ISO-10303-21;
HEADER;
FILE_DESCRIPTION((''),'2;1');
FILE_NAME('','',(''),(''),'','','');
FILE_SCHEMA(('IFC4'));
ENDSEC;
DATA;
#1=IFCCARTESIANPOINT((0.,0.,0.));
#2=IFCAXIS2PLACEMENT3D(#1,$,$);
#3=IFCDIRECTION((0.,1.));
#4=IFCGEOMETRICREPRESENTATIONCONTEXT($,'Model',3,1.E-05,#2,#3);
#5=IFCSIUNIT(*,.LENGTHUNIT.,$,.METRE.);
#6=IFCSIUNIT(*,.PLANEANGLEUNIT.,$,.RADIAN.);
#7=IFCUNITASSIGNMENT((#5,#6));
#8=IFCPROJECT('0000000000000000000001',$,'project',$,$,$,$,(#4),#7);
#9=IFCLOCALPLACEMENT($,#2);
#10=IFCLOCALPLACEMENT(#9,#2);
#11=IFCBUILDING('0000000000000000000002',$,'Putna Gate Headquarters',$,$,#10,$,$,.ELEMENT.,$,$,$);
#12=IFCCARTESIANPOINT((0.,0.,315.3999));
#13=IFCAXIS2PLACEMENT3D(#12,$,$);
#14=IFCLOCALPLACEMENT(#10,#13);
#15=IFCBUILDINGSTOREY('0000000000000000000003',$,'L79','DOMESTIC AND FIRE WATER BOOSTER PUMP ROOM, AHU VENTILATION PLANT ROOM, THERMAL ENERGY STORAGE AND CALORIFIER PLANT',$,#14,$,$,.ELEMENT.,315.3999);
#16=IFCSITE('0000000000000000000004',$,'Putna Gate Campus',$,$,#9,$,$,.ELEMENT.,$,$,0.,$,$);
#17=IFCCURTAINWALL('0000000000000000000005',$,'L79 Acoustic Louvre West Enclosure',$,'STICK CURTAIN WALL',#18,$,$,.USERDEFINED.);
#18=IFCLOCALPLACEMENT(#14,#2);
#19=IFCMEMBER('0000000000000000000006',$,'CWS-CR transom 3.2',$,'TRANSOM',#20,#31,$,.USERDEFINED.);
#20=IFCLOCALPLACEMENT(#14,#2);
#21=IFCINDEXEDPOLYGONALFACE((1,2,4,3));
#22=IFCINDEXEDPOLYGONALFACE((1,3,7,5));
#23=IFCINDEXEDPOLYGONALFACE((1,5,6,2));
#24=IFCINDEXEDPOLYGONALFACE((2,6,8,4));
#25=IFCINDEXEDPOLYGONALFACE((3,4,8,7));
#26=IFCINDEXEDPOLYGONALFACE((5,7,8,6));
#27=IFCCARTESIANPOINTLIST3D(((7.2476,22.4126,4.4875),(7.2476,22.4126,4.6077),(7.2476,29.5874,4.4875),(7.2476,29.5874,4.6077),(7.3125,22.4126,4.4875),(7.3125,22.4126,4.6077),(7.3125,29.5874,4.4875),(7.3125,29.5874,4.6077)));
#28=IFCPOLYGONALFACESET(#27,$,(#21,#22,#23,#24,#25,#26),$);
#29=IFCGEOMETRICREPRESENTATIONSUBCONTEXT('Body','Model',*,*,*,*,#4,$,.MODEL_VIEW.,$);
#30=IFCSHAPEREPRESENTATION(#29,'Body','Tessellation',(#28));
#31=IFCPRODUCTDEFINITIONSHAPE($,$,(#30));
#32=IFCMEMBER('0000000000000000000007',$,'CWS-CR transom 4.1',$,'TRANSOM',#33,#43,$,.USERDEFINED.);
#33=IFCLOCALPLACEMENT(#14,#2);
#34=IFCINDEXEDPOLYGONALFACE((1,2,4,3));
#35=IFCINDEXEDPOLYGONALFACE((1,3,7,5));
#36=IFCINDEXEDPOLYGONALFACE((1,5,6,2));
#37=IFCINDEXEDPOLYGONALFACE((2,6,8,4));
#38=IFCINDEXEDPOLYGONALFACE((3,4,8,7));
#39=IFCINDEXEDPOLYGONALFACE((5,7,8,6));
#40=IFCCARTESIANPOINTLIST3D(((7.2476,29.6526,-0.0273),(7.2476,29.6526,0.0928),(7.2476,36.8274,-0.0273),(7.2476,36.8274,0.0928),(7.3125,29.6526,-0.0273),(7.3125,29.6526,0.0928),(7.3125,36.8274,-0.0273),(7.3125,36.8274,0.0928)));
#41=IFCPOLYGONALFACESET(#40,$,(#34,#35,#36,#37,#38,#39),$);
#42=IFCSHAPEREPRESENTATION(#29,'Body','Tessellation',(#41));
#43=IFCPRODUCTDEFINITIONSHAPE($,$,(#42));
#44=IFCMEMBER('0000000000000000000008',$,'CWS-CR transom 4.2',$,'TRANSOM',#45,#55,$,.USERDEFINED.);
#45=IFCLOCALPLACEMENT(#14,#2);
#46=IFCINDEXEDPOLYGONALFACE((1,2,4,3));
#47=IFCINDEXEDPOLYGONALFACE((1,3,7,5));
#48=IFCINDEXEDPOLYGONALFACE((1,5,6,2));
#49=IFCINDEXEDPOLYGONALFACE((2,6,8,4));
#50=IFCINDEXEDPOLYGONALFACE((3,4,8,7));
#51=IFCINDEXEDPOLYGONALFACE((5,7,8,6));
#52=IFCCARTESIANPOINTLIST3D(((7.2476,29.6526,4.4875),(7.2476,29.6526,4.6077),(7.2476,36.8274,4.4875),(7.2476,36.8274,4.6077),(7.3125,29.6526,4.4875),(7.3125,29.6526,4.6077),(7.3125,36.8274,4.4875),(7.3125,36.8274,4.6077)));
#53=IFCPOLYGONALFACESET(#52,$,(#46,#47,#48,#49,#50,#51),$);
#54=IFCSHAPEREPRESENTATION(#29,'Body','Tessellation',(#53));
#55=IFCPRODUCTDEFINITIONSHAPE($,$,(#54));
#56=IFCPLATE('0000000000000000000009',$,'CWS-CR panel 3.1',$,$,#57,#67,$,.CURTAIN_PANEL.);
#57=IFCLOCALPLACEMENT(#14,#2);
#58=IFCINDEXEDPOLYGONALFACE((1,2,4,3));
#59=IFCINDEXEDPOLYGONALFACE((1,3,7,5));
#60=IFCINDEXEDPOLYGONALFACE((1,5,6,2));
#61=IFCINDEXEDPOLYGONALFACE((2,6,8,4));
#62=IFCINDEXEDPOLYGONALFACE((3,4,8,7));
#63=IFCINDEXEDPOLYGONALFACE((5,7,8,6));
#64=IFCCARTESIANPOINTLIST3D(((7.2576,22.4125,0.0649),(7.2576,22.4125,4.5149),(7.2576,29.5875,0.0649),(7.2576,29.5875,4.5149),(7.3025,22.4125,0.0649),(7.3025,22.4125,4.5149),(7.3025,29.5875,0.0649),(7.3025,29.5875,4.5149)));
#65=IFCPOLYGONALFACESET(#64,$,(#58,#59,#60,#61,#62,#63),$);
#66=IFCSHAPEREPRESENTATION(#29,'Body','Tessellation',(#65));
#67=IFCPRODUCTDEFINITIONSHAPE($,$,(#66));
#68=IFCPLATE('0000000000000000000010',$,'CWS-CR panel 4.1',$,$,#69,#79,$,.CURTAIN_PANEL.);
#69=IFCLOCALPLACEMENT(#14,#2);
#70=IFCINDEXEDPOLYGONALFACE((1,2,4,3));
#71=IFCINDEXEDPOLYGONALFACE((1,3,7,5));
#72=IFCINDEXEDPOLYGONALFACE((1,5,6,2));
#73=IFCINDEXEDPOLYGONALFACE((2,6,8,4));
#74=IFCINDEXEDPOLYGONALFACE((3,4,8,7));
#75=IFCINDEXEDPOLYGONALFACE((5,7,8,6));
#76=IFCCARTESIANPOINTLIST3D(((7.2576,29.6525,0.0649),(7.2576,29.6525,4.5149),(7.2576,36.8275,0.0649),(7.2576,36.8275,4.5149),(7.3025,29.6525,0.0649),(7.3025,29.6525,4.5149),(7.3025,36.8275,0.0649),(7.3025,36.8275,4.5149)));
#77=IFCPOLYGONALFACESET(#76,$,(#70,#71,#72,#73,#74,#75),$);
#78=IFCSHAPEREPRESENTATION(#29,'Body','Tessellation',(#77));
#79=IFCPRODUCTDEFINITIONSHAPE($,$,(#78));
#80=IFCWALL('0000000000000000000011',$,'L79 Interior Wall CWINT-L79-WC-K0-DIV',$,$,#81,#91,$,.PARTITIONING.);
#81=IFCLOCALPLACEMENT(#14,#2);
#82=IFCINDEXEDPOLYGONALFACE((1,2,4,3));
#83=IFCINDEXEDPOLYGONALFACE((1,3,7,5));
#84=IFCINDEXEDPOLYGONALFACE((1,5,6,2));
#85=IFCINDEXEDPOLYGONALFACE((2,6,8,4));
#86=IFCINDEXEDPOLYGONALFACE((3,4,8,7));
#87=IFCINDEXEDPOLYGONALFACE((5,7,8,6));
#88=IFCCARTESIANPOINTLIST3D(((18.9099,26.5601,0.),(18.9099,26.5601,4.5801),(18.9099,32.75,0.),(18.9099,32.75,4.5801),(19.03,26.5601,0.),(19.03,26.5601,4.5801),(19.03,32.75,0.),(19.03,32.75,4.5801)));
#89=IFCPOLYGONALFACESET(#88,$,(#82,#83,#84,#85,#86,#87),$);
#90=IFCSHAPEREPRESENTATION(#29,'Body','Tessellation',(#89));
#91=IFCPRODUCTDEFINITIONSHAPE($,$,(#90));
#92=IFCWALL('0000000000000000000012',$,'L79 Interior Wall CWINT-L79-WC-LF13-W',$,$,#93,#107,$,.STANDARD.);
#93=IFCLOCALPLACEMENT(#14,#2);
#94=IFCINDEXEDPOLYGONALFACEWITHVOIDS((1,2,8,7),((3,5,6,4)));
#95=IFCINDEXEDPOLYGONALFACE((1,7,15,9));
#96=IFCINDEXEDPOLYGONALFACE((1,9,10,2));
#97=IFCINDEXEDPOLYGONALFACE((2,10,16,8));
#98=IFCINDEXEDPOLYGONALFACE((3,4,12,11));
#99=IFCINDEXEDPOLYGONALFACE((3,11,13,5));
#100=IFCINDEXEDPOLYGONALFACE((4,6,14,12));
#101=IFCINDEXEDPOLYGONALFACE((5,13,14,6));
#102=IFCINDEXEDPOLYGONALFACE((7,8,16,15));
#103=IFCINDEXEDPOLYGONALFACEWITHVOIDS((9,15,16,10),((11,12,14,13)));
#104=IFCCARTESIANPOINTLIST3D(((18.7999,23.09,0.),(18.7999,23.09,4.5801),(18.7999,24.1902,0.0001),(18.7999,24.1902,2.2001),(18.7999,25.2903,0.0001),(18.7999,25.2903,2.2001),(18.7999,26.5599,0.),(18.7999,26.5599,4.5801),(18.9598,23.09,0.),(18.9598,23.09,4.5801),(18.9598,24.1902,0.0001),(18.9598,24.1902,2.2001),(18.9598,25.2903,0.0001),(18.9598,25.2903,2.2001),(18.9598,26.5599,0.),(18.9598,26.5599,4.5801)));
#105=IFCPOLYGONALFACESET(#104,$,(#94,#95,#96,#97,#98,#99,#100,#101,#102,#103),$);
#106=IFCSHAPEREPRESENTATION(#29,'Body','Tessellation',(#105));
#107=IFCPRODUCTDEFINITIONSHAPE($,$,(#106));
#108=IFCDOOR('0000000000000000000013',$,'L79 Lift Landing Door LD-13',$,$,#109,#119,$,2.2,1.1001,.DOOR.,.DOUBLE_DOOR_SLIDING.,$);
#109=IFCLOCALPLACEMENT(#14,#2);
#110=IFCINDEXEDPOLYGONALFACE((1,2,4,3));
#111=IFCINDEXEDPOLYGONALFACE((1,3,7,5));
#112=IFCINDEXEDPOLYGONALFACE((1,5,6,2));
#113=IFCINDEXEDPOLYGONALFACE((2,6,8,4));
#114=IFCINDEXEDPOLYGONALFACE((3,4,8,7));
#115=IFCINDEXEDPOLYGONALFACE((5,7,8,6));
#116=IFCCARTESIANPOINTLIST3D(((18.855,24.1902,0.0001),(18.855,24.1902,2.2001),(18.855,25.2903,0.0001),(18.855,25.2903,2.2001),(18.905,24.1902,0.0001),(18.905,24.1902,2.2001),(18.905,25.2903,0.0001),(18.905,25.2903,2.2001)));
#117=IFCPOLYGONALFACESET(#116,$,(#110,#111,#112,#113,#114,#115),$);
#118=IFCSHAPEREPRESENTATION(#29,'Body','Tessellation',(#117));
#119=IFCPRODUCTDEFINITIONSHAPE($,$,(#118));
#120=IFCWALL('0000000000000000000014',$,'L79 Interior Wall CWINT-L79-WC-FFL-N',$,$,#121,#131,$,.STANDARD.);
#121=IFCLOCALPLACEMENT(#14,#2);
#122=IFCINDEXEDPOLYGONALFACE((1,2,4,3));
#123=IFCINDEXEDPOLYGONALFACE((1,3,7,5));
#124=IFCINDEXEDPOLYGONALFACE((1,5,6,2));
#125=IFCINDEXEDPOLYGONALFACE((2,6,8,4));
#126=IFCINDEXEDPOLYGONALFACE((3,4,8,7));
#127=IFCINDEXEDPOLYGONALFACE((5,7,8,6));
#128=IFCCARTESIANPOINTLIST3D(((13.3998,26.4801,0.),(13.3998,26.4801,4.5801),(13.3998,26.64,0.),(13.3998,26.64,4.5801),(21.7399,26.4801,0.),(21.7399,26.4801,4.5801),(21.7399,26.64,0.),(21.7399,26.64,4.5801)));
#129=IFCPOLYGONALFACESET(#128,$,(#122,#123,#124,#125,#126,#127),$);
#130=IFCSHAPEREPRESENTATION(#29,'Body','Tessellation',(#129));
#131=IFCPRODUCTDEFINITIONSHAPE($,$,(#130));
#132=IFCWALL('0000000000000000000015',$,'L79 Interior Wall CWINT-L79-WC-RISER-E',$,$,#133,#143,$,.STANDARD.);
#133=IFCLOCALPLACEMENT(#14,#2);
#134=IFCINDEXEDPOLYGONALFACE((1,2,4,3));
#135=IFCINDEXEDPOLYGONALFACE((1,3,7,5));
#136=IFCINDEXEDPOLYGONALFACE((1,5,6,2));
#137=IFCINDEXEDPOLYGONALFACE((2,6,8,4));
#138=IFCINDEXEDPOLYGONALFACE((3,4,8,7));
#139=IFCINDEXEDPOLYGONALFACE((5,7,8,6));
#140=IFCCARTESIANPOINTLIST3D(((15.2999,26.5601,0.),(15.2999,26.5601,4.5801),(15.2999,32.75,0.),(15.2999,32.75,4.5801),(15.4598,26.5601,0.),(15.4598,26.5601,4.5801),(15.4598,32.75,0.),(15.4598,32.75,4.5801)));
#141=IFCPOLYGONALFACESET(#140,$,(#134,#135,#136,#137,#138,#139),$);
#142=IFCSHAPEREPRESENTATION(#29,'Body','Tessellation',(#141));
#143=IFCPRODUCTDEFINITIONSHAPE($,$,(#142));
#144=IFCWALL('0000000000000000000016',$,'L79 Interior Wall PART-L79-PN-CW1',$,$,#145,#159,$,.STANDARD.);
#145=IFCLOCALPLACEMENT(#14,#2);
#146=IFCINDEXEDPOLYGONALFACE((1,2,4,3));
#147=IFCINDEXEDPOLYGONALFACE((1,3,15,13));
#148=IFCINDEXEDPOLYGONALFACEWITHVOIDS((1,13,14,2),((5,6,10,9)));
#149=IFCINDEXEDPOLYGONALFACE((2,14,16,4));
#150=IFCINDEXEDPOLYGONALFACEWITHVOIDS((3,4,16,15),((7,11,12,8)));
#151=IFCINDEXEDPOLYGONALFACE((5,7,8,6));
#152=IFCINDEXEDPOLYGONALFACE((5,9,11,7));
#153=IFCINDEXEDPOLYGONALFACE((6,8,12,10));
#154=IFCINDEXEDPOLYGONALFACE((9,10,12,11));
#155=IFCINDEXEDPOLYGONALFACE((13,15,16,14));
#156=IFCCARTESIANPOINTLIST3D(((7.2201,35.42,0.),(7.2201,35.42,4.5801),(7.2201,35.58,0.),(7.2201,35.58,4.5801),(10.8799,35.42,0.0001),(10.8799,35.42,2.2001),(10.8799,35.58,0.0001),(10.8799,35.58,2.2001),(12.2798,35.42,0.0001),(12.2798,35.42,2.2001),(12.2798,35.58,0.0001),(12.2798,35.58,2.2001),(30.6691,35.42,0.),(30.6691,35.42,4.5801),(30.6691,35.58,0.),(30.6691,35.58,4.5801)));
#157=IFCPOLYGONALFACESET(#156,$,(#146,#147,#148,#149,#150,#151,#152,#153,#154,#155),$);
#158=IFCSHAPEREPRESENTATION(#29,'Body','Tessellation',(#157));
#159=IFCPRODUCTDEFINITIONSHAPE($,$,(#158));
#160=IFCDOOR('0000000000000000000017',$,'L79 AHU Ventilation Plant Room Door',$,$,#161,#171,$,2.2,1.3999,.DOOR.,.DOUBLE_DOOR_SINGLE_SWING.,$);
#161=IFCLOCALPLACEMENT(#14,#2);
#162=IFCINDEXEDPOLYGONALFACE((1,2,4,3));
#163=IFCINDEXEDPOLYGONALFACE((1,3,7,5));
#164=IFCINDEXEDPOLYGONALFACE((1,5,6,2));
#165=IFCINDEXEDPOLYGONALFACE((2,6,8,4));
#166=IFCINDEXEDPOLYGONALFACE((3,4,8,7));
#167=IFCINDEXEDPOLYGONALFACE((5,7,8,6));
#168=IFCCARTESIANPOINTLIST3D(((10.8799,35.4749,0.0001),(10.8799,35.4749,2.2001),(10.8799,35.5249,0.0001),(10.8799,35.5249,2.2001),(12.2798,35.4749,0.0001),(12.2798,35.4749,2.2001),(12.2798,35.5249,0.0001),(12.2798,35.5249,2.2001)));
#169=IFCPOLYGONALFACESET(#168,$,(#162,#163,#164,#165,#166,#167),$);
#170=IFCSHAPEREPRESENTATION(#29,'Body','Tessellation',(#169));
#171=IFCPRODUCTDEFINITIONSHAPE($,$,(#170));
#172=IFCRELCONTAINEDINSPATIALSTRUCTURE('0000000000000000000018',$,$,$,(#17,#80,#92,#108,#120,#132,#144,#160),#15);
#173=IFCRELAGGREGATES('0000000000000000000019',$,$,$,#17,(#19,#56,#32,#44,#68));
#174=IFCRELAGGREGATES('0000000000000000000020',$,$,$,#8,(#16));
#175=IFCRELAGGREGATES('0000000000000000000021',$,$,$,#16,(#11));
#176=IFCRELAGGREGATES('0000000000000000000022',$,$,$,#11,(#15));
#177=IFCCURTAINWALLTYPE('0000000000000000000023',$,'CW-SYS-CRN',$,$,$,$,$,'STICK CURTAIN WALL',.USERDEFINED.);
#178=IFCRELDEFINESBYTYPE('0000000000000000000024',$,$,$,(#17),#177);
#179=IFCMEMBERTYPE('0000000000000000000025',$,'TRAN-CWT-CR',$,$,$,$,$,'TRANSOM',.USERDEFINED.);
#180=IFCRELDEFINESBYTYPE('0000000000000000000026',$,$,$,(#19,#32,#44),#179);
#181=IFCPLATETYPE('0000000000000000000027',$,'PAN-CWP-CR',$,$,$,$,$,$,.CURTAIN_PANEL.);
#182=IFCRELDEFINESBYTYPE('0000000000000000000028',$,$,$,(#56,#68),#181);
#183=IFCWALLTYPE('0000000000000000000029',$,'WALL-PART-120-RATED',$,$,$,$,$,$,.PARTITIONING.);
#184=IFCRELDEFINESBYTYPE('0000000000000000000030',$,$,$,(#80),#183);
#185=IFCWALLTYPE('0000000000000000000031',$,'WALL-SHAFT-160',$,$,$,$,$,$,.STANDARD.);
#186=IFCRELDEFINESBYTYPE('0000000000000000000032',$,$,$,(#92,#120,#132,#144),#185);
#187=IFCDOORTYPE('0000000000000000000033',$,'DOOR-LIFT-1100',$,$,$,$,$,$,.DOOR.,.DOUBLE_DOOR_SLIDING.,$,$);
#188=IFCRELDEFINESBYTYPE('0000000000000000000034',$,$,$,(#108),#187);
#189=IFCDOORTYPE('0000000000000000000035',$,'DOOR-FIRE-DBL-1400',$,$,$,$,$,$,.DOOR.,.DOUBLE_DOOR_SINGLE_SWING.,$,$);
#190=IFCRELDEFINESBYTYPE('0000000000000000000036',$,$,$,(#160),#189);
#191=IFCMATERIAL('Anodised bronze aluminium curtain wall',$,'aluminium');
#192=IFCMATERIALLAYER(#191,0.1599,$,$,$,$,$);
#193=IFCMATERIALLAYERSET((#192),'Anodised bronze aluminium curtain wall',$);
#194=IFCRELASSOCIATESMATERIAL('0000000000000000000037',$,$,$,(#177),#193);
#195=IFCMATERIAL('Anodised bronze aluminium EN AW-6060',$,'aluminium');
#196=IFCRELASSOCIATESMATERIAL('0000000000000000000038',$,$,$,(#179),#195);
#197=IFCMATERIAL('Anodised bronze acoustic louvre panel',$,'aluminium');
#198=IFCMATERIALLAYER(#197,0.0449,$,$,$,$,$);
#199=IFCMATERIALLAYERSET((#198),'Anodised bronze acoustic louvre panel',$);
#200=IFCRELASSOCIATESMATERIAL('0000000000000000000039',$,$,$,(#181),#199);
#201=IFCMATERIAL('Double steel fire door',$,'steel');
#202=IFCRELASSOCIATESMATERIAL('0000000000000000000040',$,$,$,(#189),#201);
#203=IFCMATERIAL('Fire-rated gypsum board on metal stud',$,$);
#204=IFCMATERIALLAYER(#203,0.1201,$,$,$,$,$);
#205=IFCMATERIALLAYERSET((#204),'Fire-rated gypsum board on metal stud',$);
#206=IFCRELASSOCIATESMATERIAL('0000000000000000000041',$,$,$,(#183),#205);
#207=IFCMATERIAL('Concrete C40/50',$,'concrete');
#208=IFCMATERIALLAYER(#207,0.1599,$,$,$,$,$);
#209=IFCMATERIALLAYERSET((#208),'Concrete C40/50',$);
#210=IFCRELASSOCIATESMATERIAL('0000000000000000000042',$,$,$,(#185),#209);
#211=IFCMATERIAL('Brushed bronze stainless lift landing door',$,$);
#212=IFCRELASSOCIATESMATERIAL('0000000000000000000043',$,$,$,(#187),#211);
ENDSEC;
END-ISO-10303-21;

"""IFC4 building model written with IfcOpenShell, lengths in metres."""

from ifc_helpers import new_model, si_unit, direction, frame, frame_2d, origin, origin_2d, place, context, subcontext, project, spatial, rectangle, extrude, material, layer, layer_set, material_profile, profile_set, type_object, element, fill, aggregate, save


model = new_model("IFC4")

# Units and contexts
model_context = context("Model", 3, precision=1e-05, world=origin(), true_north=direction((0.0, 1.0)))
body_context = subcontext(model_context, "Body", "Model", "MODEL_VIEW")
ifc_project = project(units=[si_unit("LENGTHUNIT", "METRE"), si_unit("PLANEANGLEUNIT", "RADIAN")], contexts=[model_context])

# Site, building, storey
site_placement = place(None, origin())
site = spatial("IfcSite", under=ifc_project, at=site_placement, Name="Putna Gate Campus", CompositionType="ELEMENT", RefElevation=0.0)
building_placement = place(site_placement, origin())
building = spatial("IfcBuilding", under=site, at=building_placement, Name="Putna Gate Headquarters", CompositionType="ELEMENT")
storey_placement = place(building_placement, frame((0.0, 0.0, 315.3999)))
storey = spatial("IfcBuildingStorey", under=building, at=storey_placement, Name="L79", Description="DOMESTIC AND FIRE WATER BOOSTER PUMP ROOM, AHU VENTILATION PLANT ROOM, THERMAL ENERGY STORAGE AND CALORIFIER PLANT", CompositionType="ELEMENT", Elevation=315.3999)

# Curtain wall, members, plates
ifc_material_1 = material(Name="Anodised bronze aluminium curtain wall", Category="aluminium")
ifc_layer_1 = layer(ifc_material_1, 0.1599)
ifc_layer_set_1 = layer_set([ifc_layer_1], Name="Anodised bronze aluminium curtain wall")
curtain_wall_type = type_object("IfcCurtainWallType", Name="CW-SYS-CRN", ElementType="STICK CURTAIN WALL", PredefinedType="USERDEFINED", material=ifc_layer_set_1)
curtain_wall_placement = place(storey_placement, origin())
curtain_wall = element("IfcCurtainWall", 1, at=curtain_wall_placement, inside=storey, type_object=curtain_wall_type, Name="L79 Acoustic Louvre West Enclosure", ObjectType="STICK CURTAIN WALL", PredefinedType="USERDEFINED")
ifc_material_2 = material(Name="Anodised bronze aluminium EN AW-6060", Category="aluminium")
ifc_material_profile_1 = material_profile(ifc_material_2, rectangle(XDim=0.0649, YDim=0.1201, at=origin_2d()), Name="Anodised bronze aluminium EN AW-6060")
ifc_profile_set_1 = profile_set([ifc_material_profile_1], Name="Anodised bronze aluminium EN AW-6060")
member_type_1 = type_object("IfcMemberType", Name="TRAN-CWT-CR", ElementType="TRANSOM", PredefinedType="USERDEFINED", material=ifc_profile_set_1)
member_1_placement = place(storey_placement, frame((7.28, 22.4126, 4.5476), z_axis=(0.0, 1.0, 0.0), x_axis=(-1.0, 0.0, 0.0)))
member_1 = element("IfcMember", 2, at=member_1_placement, type_object=member_type_1, Name="CWS-CR transom 3.2", ObjectType="TRANSOM", PredefinedType="USERDEFINED", context=body_context, shape_type="SweptSolid", body=[
    extrude(rectangle(XDim=0.0649, YDim=0.1201, at=origin_2d()), origin(), (0.0, 0.0, 1.0), 7.1748),
])
member_2_placement = place(storey_placement, frame((7.28, 29.6526, 0.0327), z_axis=(0.0, 1.0, 0.0), x_axis=(-1.0, 0.0, 0.0)))
member_2 = element("IfcMember", 3, at=member_2_placement, type_object=member_type_1, Name="CWS-CR transom 4.1", ObjectType="TRANSOM", PredefinedType="USERDEFINED", context=body_context, shape_type="SweptSolid", body=[
    extrude(rectangle(XDim=0.0649, YDim=0.1201, at=origin_2d()), origin(), (0.0, 0.0, 1.0), 7.1748),
])
member_3_placement = place(storey_placement, frame((7.28, 29.6526, 4.5476), z_axis=(0.0, 1.0, 0.0), x_axis=(-1.0, 0.0, 0.0)))
member_3 = element("IfcMember", 4, at=member_3_placement, type_object=member_type_1, Name="CWS-CR transom 4.2", ObjectType="TRANSOM", PredefinedType="USERDEFINED", context=body_context, shape_type="SweptSolid", body=[
    extrude(rectangle(XDim=0.0649, YDim=0.1201, at=origin_2d()), origin(), (0.0, 0.0, 1.0), 7.1748),
])
ifc_material_3 = material(Name="Anodised bronze acoustic louvre panel", Category="aluminium")
ifc_layer_2 = layer(ifc_material_3, 0.0449)
ifc_layer_set_2 = layer_set([ifc_layer_2], Name="Anodised bronze acoustic louvre panel")
plate_type = type_object("IfcPlateType", Name="PAN-CWP-CR", PredefinedType="CURTAIN_PANEL", material=ifc_layer_set_2)
plate_1_placement = place(storey_placement, frame((7.28, 26.0, 0.0649), z_axis=(0.0, 0.0, 1.0), x_axis=(0.0, 1.0, 0.0)))
plate_1 = element("IfcPlate", 5, at=plate_1_placement, type_object=plate_type, Name="CWS-CR panel 3.1", PredefinedType="CURTAIN_PANEL", context=body_context, shape_type="SweptSolid", body=[
    extrude(rectangle(XDim=7.175, YDim=0.0449, at=origin_2d()), origin(), (0.0, 0.0, 1.0), 4.45),
])
plate_2_placement = place(storey_placement, frame((7.28, 33.24, 0.0649), z_axis=(0.0, 0.0, 1.0), x_axis=(0.0, 1.0, 0.0)))
plate_2 = element("IfcPlate", 6, at=plate_2_placement, type_object=plate_type, Name="CWS-CR panel 4.1", PredefinedType="CURTAIN_PANEL", context=body_context, shape_type="SweptSolid", body=[
    extrude(rectangle(XDim=7.175, YDim=0.0449, at=origin_2d()), origin(), (0.0, 0.0, 1.0), 4.45),
])
aggregate(curtain_wall, [member_1, plate_1, member_2, member_3, plate_2])

# Shared definitions
ifc_material_4 = material(Name="Double steel fire door", Category="steel")
door_type_1 = type_object("IfcDoorType", Name="DOOR-FIRE-DBL-1400", OperationType="DOUBLE_DOOR_SINGLE_SWING", PredefinedType="DOOR", material=ifc_material_4)

# Wall
ifc_material_5 = material(Name="Fire-rated gypsum board on metal stud")
ifc_layer_3 = layer(ifc_material_5, 0.1201)
ifc_layer_set_3 = layer_set([ifc_layer_3], Name="Fire-rated gypsum board on metal stud")
wall_type_1 = type_object("IfcWallType", Name="WALL-PART-120-RATED", PredefinedType="PARTITIONING", material=ifc_layer_set_3)
wall_1_placement = place(storey_placement, frame((18.97, 26.5601, 0.0), z_axis=(0.0, 0.0, 1.0), x_axis=(0.0, 1.0, 0.0)))
element("IfcWall", 7, at=wall_1_placement, inside=storey, type_object=wall_type_1, Name="L79 Interior Wall CWINT-L79-WC-K0-DIV", PredefinedType="PARTITIONING", context=body_context, shape_type="SweptSolid", body=[
    extrude(rectangle(XDim=6.1899, YDim=0.1201, at=frame_2d((3.095, 0.0))), origin(), (0.0, 0.0, 1.0), 4.5801),
])

# Wall, opening, door
ifc_material_6 = material(Name="Concrete C40/50", Category="concrete")
ifc_layer_4 = layer(ifc_material_6, 0.1599)
ifc_layer_set_4 = layer_set([ifc_layer_4], Name="Concrete C40/50")
wall_type_2 = type_object("IfcWallType", Name="WALL-SHAFT-160", PredefinedType="STANDARD", material=ifc_layer_set_4)
wall_2_placement = place(storey_placement, frame((18.8799, 23.0901, 0.0), z_axis=(0.0, 0.0, 1.0), x_axis=(0.0, 1.0, 0.0)))
wall_2 = element("IfcWall", 8, at=wall_2_placement, inside=storey, type_object=wall_type_2, Name="L79 Interior Wall CWINT-L79-WC-LF13-W", PredefinedType="STANDARD", context=body_context, shape_type="SweptSolid", body=[
    extrude(rectangle(XDim=3.47, YDim=0.1599, at=frame_2d((1.7349, 0.0))), origin(), (0.0, 0.0, 1.0), 4.5801),
])
opening_1_placement = place(wall_2_placement, frame((1.1001, 0.0, 0.0)))
opening_1 = element("IfcOpeningElement", 9, at=opening_1_placement, cuts=wall_2, PredefinedType="OPENING", context=body_context, shape_type="SweptSolid", body=[
    extrude(rectangle(XDim=1.1001, YDim=2.2, at=frame_2d((0.55, 1.1001))), frame((0.0, 0.0898, 0.0), z_axis=(0.0, -1.0, 0.0), x_axis=(1.0, 0.0, 0.0)), (0.0, 0.0, 1.0), 0.1799),
])
ifc_material_7 = material(Name="Brushed bronze stainless lift landing door")
door_type_2 = type_object("IfcDoorType", Name="DOOR-LIFT-1100", OperationType="DOUBLE_DOOR_SLIDING", PredefinedType="DOOR", material=ifc_material_7)
door_1_placement = place(opening_1_placement, origin())
door_1 = element("IfcDoor", 10, at=door_1_placement, inside=storey, type_object=door_type_2, Name="L79 Lift Landing Door LD-13", OperationType="DOUBLE_DOOR_SLIDING", OverallHeight=2.2, OverallWidth=1.1001, PredefinedType="DOOR", context=body_context, shape_type="SweptSolid", body=[
    extrude(rectangle(XDim=1.1001, YDim=2.2, at=frame_2d((0.55, 1.1001))), frame((0.0, 0.0249, 0.0), z_axis=(0.0, -1.0, 0.0), x_axis=(1.0, 0.0, 0.0)), (0.0, 0.0, 1.0), 0.05),
])
fill(opening_1, door_1)

# Walls
wall_3_placement = place(storey_placement, frame((13.3999, 26.5601, 0.0), z_axis=(0.0, 0.0, 1.0), x_axis=(1.0, 0.0, 0.0)))
element("IfcWall", 11, at=wall_3_placement, inside=storey, type_object=wall_type_2, Name="L79 Interior Wall CWINT-L79-WC-FFL-N", PredefinedType="STANDARD", context=body_context, shape_type="SweptSolid", body=[
    extrude(rectangle(XDim=8.3401, YDim=0.1599, at=frame_2d((4.1699, 0.0))), origin(), (0.0, 0.0, 1.0), 4.5801),
])
wall_4_placement = place(storey_placement, frame((15.3799, 26.5601, 0.0), z_axis=(0.0, 0.0, 1.0), x_axis=(0.0, 1.0, 0.0)))
element("IfcWall", 12, at=wall_4_placement, inside=storey, type_object=wall_type_2, Name="L79 Interior Wall CWINT-L79-WC-RISER-E", PredefinedType="STANDARD", context=body_context, shape_type="SweptSolid", body=[
    extrude(rectangle(XDim=6.1899, YDim=0.1599, at=frame_2d((3.095, 0.0))), origin(), (0.0, 0.0, 1.0), 4.5801),
])

# Wall, opening, door
wall_5_placement = place(storey_placement, frame((7.22, 35.5, 0.0), z_axis=(0.0, 0.0, 1.0), x_axis=(1.0, 0.0, 0.0)))
wall_5 = element("IfcWall", 13, at=wall_5_placement, inside=storey, type_object=wall_type_2, Name="L79 Interior Wall PART-L79-PN-CW1", PredefinedType="STANDARD", context=body_context, shape_type="SweptSolid", body=[
    extrude(rectangle(XDim=23.449, YDim=0.1599, at=frame_2d((11.7246, 0.0))), origin(), (0.0, 0.0, 1.0), 4.5801),
])
opening_2_placement = place(wall_5_placement, frame((3.6599, 0.0, 0.0)))
opening_2 = element("IfcOpeningElement", 14, at=opening_2_placement, cuts=wall_5, PredefinedType="OPENING", context=body_context, shape_type="SweptSolid", body=[
    extrude(rectangle(XDim=1.3999, YDim=2.2, at=frame_2d((0.7, 1.1001))), frame((0.0, 0.0898, 0.0), z_axis=(0.0, -1.0, 0.0), x_axis=(1.0, 0.0, 0.0)), (0.0, 0.0, 1.0), 0.1799),
])
door_2_placement = place(opening_2_placement, origin())
door_2 = element("IfcDoor", 15, at=door_2_placement, inside=storey, type_object=door_type_1, Name="L79 AHU Ventilation Plant Room Door", OperationType="DOUBLE_DOOR_SINGLE_SWING", OverallHeight=2.2, OverallWidth=1.3999, PredefinedType="DOOR", context=body_context, shape_type="SweptSolid", body=[
    extrude(rectangle(XDim=1.3999, YDim=2.2, at=frame_2d((0.7, 1.1001))), frame((0.0, 0.0249, 0.0), z_axis=(0.0, -1.0, 0.0), x_axis=(1.0, 0.0, 0.0)), (0.0, 0.0, 1.0), 0.05),
])
fill(opening_2, door_2)

save(model, "model.ifc")
